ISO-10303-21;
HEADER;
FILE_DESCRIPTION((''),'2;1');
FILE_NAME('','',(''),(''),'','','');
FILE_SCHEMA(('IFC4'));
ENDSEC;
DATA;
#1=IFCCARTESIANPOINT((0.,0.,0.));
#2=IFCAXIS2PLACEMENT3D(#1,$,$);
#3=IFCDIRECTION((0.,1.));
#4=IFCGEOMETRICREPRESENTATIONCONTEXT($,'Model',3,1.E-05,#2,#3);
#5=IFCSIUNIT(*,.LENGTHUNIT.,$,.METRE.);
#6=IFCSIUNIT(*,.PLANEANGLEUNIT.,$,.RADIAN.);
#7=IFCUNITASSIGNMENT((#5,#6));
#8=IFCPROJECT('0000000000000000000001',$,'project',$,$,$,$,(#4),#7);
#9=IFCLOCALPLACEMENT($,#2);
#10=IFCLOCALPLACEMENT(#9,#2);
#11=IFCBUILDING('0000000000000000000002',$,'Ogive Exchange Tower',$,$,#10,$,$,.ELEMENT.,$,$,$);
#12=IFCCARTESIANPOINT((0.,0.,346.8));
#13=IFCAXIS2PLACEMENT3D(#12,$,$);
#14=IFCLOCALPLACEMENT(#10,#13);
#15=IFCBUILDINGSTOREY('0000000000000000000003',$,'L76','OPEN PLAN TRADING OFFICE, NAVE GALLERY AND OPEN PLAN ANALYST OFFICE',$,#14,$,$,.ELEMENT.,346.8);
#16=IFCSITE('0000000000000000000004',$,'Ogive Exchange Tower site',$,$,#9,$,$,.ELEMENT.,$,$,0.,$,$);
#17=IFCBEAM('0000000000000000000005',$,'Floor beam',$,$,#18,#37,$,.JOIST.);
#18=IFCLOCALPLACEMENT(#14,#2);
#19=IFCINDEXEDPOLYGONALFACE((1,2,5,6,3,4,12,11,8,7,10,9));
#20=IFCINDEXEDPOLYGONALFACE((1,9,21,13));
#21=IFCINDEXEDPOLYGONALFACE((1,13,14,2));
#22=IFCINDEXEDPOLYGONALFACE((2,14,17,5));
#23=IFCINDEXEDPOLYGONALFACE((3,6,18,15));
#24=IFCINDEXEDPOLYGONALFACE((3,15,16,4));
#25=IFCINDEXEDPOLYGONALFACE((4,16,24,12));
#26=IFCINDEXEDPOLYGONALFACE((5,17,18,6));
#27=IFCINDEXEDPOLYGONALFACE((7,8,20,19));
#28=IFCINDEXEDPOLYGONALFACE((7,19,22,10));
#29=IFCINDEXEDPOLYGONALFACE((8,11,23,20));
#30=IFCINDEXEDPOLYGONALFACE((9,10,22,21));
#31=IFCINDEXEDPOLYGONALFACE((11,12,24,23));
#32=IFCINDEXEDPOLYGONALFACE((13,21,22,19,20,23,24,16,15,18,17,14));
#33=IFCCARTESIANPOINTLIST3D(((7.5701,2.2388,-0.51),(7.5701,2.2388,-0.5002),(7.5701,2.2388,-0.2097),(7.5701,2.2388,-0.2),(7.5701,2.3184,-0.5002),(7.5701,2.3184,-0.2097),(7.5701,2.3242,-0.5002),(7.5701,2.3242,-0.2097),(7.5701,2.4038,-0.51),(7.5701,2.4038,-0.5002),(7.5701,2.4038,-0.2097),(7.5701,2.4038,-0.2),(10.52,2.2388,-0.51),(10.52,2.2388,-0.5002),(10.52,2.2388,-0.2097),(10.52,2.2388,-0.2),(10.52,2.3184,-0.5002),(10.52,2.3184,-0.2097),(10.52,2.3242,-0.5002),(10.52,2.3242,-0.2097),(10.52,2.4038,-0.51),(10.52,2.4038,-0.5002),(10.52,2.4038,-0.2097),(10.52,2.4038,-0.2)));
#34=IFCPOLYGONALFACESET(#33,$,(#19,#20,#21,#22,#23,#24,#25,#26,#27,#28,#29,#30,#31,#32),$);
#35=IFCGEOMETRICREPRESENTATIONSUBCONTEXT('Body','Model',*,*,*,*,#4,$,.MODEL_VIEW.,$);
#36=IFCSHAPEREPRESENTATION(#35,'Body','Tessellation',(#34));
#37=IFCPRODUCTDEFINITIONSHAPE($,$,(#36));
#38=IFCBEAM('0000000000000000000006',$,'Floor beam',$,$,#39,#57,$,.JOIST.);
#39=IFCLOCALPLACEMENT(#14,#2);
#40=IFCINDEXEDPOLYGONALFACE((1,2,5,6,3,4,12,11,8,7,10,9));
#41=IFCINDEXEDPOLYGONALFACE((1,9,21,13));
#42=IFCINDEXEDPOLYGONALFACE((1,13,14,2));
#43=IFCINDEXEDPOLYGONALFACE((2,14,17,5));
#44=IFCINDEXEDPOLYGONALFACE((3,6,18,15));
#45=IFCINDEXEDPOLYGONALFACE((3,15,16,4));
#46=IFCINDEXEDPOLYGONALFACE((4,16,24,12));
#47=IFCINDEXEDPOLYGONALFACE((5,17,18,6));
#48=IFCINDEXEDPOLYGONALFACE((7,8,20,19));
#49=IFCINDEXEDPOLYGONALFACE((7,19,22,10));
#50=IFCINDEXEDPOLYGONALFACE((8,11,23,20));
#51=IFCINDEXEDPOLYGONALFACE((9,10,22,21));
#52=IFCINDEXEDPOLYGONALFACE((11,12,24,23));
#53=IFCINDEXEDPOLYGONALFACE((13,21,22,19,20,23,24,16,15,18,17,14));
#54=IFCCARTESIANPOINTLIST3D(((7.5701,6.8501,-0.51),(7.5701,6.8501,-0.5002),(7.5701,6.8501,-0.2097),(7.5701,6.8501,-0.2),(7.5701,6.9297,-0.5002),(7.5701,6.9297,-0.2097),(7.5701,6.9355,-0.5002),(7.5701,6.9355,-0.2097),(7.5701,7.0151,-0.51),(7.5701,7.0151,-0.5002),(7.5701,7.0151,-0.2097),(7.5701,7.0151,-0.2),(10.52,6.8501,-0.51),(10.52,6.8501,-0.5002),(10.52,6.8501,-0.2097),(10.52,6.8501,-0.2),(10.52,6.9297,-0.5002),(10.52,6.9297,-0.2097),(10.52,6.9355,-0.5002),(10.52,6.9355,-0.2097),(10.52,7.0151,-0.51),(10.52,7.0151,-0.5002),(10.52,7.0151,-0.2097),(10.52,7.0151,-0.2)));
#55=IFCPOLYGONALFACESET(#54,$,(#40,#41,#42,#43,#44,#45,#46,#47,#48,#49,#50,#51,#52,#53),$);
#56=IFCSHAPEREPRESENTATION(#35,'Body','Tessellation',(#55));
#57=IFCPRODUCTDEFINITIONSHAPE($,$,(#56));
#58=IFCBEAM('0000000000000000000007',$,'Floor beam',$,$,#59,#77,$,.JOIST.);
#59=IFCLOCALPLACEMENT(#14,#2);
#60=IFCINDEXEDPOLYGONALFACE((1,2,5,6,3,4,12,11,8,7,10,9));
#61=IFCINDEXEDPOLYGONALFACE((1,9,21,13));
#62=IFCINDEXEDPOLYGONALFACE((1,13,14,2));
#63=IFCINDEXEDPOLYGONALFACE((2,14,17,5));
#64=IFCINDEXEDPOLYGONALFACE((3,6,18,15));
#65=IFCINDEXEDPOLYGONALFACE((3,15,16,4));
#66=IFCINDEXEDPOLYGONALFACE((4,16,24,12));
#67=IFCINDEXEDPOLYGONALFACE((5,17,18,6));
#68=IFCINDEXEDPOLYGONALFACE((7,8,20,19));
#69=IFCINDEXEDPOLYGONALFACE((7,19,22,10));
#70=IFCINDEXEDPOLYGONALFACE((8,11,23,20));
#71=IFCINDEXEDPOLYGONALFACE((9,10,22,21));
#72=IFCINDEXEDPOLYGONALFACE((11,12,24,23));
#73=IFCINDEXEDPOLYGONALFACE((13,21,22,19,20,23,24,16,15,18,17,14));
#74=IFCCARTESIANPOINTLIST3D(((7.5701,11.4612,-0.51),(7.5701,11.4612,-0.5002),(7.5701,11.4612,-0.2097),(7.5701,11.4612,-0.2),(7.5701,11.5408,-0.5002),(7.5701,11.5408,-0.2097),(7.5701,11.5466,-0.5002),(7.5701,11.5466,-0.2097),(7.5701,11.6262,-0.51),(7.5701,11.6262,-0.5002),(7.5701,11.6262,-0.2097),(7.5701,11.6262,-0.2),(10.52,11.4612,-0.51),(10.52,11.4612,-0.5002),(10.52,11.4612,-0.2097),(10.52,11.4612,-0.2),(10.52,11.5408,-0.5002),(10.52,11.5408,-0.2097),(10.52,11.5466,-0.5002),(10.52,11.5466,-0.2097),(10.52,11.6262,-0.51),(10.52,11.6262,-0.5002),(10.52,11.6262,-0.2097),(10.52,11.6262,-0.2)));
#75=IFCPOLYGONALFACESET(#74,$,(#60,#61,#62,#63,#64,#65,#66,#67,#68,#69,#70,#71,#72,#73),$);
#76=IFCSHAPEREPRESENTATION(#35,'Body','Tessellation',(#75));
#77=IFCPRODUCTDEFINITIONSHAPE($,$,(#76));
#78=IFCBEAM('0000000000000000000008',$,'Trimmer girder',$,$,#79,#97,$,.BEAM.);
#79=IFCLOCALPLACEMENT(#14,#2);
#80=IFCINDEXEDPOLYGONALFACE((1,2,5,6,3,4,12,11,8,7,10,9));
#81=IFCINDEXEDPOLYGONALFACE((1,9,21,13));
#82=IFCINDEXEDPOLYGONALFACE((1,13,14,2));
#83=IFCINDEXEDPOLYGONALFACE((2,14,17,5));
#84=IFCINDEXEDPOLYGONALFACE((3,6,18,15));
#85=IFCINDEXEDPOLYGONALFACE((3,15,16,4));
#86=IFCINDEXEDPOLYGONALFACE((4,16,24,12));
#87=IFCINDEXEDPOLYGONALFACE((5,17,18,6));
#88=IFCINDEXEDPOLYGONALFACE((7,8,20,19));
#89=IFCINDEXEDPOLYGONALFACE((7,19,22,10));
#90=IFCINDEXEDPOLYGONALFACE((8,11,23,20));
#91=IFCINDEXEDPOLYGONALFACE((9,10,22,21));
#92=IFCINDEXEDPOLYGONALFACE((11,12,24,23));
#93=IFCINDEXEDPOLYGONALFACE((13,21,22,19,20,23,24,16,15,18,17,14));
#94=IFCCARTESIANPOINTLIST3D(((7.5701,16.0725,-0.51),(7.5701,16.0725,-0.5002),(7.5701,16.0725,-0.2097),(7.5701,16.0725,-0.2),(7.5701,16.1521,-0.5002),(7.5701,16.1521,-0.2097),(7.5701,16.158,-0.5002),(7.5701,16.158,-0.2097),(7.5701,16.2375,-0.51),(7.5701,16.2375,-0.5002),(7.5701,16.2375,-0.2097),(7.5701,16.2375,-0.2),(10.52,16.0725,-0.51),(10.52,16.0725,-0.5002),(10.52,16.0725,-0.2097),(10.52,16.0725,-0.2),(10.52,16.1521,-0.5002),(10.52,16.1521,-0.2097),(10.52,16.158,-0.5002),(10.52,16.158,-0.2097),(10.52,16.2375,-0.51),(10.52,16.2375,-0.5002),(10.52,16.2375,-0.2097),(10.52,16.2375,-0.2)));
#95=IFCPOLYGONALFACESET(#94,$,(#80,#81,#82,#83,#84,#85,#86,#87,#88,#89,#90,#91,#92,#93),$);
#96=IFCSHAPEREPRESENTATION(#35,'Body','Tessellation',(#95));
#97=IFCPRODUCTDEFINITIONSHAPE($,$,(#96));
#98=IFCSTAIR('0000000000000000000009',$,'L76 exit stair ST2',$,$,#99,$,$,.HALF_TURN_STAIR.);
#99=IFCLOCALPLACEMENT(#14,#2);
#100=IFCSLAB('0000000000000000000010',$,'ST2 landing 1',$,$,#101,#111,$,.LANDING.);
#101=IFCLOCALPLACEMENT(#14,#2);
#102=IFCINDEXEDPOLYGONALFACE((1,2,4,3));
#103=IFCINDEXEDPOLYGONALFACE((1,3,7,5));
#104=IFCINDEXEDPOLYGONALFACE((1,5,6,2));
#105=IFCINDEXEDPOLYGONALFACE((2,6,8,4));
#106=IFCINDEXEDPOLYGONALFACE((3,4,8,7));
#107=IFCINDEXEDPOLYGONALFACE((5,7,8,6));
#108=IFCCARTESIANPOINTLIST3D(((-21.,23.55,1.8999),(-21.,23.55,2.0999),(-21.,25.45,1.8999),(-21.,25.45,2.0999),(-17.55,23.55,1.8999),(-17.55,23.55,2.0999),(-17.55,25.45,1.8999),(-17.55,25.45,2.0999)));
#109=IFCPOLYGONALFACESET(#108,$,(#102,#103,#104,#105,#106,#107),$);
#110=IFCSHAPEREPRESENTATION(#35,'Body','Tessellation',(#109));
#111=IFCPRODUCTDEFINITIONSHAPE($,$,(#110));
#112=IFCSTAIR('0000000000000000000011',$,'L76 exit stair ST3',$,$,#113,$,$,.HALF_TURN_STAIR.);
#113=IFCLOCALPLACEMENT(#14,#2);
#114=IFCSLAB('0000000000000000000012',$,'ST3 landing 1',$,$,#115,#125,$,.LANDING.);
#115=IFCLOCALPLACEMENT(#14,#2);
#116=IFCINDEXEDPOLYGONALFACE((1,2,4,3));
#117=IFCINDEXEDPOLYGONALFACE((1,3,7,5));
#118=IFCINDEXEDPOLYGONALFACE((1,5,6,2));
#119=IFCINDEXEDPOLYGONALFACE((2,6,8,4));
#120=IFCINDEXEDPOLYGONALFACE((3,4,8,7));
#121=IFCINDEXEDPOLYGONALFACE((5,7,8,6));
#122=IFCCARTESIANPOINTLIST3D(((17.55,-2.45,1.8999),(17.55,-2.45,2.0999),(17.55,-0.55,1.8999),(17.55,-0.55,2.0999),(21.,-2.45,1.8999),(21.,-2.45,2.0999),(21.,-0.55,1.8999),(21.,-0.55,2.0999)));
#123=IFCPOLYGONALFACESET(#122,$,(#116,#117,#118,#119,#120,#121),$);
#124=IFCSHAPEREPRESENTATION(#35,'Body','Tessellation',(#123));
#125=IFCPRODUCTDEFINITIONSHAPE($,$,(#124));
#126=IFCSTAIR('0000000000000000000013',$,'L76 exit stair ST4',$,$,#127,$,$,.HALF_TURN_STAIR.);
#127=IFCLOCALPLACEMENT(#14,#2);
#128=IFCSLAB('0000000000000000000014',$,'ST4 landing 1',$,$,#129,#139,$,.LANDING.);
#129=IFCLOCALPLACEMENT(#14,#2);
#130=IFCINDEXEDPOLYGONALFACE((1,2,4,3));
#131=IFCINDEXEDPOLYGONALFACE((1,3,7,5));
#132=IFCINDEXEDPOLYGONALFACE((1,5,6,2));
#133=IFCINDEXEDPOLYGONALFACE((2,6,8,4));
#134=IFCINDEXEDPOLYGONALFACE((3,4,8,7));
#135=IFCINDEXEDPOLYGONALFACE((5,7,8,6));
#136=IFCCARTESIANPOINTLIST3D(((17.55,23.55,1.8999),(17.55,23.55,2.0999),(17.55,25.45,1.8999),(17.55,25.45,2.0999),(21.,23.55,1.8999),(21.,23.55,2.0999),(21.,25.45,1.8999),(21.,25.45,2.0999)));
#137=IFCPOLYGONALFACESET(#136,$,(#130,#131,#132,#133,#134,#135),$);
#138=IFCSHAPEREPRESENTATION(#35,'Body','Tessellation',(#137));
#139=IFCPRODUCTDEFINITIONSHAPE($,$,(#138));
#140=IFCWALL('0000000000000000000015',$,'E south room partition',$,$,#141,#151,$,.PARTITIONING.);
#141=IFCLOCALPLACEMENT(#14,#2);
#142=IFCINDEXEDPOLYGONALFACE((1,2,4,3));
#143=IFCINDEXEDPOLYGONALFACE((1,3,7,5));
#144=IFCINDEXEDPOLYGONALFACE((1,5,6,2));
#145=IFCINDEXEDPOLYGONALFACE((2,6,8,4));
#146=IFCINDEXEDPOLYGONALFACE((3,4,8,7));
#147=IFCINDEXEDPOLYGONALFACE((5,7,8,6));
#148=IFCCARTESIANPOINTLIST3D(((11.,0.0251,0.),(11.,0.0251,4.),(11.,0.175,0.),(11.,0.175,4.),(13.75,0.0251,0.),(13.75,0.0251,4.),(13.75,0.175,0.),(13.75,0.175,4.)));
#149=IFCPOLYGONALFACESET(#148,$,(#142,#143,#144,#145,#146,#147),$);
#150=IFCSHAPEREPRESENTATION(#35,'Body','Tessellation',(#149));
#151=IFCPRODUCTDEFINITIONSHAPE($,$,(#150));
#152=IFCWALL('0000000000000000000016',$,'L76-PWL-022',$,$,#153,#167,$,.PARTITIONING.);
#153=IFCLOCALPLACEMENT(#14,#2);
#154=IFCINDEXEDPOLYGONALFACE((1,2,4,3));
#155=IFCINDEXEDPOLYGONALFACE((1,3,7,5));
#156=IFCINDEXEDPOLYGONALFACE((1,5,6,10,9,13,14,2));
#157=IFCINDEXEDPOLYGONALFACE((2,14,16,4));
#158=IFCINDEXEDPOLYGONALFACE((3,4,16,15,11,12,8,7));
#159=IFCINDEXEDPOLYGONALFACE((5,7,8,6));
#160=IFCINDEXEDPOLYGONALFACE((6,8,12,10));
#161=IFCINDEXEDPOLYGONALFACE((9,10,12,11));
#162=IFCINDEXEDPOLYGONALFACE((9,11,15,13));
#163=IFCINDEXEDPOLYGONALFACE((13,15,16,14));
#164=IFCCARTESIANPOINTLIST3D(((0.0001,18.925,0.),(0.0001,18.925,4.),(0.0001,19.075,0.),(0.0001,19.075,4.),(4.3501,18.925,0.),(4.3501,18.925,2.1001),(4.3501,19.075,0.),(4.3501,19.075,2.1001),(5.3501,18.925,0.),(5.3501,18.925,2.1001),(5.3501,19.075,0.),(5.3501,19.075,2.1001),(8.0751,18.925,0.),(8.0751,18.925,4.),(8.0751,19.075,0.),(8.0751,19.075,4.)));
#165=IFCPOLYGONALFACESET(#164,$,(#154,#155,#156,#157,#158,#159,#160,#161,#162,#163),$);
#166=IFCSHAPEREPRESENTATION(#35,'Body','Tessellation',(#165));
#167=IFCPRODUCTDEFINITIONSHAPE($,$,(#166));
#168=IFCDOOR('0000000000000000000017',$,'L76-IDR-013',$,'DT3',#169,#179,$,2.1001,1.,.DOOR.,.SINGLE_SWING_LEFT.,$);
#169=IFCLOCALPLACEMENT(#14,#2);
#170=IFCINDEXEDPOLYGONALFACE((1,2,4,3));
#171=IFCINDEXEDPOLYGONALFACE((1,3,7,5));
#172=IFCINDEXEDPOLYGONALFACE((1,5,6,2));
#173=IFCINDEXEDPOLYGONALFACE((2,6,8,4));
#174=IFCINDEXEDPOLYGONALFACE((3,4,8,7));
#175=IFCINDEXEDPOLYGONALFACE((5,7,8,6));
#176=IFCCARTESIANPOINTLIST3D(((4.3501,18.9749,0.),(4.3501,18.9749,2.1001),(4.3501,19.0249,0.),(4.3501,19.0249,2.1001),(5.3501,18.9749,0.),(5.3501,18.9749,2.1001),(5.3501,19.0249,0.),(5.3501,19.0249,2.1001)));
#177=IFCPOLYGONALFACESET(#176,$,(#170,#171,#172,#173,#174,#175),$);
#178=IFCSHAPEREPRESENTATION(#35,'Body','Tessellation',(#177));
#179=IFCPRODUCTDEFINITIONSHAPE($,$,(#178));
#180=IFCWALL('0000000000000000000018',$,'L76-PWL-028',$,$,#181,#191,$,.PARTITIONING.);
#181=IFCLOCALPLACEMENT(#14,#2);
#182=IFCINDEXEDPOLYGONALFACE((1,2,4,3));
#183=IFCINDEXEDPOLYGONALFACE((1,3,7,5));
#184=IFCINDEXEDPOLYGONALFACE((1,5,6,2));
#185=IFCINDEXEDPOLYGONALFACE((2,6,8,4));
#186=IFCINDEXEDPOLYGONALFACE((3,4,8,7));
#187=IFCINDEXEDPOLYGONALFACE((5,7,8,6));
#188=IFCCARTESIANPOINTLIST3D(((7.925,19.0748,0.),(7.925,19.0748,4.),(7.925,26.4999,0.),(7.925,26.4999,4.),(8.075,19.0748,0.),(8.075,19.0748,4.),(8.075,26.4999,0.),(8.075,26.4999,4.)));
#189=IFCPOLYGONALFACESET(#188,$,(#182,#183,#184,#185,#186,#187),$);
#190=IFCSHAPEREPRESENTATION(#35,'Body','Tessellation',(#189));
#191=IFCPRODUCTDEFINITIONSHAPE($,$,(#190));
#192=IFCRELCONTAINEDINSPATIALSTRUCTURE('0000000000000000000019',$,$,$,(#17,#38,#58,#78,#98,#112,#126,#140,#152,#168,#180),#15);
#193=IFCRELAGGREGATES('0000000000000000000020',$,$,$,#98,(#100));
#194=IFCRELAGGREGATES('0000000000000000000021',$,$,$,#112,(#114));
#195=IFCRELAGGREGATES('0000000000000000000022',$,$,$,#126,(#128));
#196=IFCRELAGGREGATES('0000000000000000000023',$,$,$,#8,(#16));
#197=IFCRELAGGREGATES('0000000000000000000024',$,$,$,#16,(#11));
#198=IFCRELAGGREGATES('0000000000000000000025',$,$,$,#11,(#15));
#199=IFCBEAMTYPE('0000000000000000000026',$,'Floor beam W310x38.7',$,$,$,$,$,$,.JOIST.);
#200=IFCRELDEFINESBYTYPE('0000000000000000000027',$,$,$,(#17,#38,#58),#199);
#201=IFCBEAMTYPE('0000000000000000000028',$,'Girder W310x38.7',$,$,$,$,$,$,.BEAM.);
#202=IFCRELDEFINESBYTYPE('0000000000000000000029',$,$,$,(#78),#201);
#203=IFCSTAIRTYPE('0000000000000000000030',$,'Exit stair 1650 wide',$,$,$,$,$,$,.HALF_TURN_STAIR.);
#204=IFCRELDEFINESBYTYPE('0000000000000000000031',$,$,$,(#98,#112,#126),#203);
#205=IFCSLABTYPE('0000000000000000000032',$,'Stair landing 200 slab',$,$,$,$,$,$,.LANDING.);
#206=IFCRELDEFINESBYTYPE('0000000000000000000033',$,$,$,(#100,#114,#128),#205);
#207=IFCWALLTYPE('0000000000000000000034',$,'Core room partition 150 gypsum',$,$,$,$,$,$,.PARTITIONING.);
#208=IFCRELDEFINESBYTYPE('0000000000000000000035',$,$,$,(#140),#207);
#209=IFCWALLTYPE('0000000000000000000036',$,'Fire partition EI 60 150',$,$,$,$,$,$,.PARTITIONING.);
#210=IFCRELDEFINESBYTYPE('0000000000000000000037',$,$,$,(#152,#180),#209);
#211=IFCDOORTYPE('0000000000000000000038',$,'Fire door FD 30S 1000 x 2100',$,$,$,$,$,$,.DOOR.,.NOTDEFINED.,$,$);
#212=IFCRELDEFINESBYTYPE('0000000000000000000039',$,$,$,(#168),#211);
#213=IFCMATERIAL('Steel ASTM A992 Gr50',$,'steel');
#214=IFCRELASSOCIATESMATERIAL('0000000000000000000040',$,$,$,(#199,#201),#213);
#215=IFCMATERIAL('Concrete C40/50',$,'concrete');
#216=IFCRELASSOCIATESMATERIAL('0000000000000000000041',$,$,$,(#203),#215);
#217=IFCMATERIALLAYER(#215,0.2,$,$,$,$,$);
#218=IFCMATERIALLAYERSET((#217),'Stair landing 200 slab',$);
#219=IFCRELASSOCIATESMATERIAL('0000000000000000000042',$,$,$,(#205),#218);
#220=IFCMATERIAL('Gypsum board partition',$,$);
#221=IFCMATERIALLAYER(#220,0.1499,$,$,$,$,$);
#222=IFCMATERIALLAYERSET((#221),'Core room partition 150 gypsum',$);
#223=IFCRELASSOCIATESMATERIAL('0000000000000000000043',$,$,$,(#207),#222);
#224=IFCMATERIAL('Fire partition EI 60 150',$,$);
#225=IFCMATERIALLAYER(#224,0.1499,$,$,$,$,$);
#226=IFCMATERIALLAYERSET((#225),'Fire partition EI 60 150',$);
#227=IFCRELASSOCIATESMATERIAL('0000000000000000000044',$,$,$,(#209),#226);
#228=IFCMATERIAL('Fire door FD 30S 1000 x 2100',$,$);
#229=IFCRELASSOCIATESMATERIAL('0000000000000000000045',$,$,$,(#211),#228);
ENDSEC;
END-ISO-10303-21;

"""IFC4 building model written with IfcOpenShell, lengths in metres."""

from ifc_helpers import new_model, si_unit, direction, frame, frame_2d, origin, origin_2d, place, context, subcontext, project, spatial, polyline, rectangle, i_section, outline, extrude, material, layer, layer_set, material_profile, profile_set, type_object, element, fill, aggregate, save


model = new_model("IFC4")

# Units and contexts
model_context = context("Model", 3, precision=1e-05, world=origin(), true_north=direction((0.0, 1.0)))
body_context = subcontext(model_context, "Body", "Model", "MODEL_VIEW")
ifc_project = project(units=[si_unit("LENGTHUNIT", "METRE"), si_unit("PLANEANGLEUNIT", "RADIAN")], contexts=[model_context])

# Site, building, storey
site_placement = place(None, origin())
site = spatial("IfcSite", under=ifc_project, at=site_placement, Name="Ogive Exchange Tower site", CompositionType="ELEMENT", RefElevation=0.0)
building_placement = place(site_placement, origin())
building = spatial("IfcBuilding", under=site, at=building_placement, Name="Ogive Exchange Tower", CompositionType="ELEMENT")
storey_placement = place(building_placement, frame((0.0, 0.0, 346.8)))
storey = spatial("IfcBuildingStorey", under=building, at=storey_placement, Name="L76", Description="OPEN PLAN TRADING OFFICE, NAVE GALLERY AND OPEN PLAN ANALYST OFFICE", CompositionType="ELEMENT", Elevation=346.8)

# Beams
ifc_material_1 = material(Name="Steel ASTM A992 Gr50", Category="steel")
ifc_material_profile_1 = material_profile(ifc_material_1, i_section(OverallWidth=0.165, OverallDepth=0.3101, WebThickness=0.0059, FlangeThickness=0.0098, at=origin_2d()), Name="W310x38.7")
ifc_profile_set_1 = profile_set([ifc_material_profile_1], Name="Steel ASTM A992 Gr50")
beam_type_1 = type_object("IfcBeamType", Name="Floor beam W310x38.7", PredefinedType="JOIST", material=ifc_profile_set_1)
for number, where, z_axis, x_axis, name in (
    (1, (7.5701, 2.3213, -0.355), (1.0, 0.0, 0.0), (0.0, 1.0, 0.0), "Floor beam"),
    (2, (7.5701, 6.9326, -0.355), (1.0, 0.0, 0.0), (0.0, 1.0, 0.0), "Floor beam"),
    (3, (7.5701, 11.5437, -0.355), (1.0, 0.0, 0.0), (0.0, 1.0, 0.0), "Floor beam"),
):
    element("IfcBeam", number, at=place(storey_placement, frame(where, z_axis=z_axis, x_axis=x_axis)), inside=storey, type_object=beam_type_1, Name=name, PredefinedType="JOIST", context=body_context, shape_type="SweptSolid", body=[
        extrude(i_section(OverallWidth=0.165, OverallDepth=0.3101, WebThickness=0.0059, FlangeThickness=0.0098, at=origin_2d()), origin(), (0.0, 0.0, 1.0), 2.95),
    ])
ifc_material_profile_2 = material_profile(ifc_material_1, i_section(OverallWidth=0.165, OverallDepth=0.3101, WebThickness=0.0059, FlangeThickness=0.0098, at=origin_2d()), Name="W310x38.7")
ifc_profile_set_2 = profile_set([ifc_material_profile_2], Name="Steel ASTM A992 Gr50")
beam_type_2 = type_object("IfcBeamType", Name="Girder W310x38.7", PredefinedType="BEAM", material=ifc_profile_set_2)
beam_placement = place(storey_placement, frame((7.5701, 16.155, -0.355), z_axis=(1.0, 0.0, 0.0), x_axis=(0.0, 1.0, 0.0)))
element("IfcBeam", 4, at=beam_placement, inside=storey, type_object=beam_type_2, Name="Trimmer girder", PredefinedType="BEAM", context=body_context, shape_type="SweptSolid", body=[
    extrude(i_section(OverallWidth=0.165, OverallDepth=0.3101, WebThickness=0.0059, FlangeThickness=0.0098, at=origin_2d()), origin(), (0.0, 0.0, 1.0), 2.95),
])

# Stairs, slabs
ifc_material_2 = material(Name="Concrete C40/50", Category="concrete")
stair_type = type_object("IfcStairType", Name="Exit stair 1650 wide", PredefinedType="HALF_TURN_STAIR", material=ifc_material_2)
stair_1_placement = place(storey_placement, origin())
stair_1 = element("IfcStair", 5, at=stair_1_placement, inside=storey, type_object=stair_type, Name="L76 exit stair ST2", PredefinedType="HALF_TURN_STAIR")
ifc_layer_1 = layer(ifc_material_2, 0.2)
ifc_layer_set_1 = layer_set([ifc_layer_1], Name="Stair landing 200 slab")
slab_type = type_object("IfcSlabType", Name="Stair landing 200 slab", PredefinedType="LANDING", material=ifc_layer_set_1)
slab_1_placement = place(storey_placement, frame((0.0, 0.0, 1.8999)))
slab_1 = element("IfcSlab", 6, at=slab_1_placement, type_object=slab_type, Name="ST2 landing 1", PredefinedType="LANDING", context=body_context, shape_type="SweptSolid", body=[
    extrude(outline(polyline([(-17.55, 23.55), (-17.55, 25.45), (-21.0, 25.45), (-21.0, 23.55), (-17.55, 23.55)])), origin(), (0.0, 0.0, 1.0), 0.2),
])
aggregate(stair_1, [slab_1])
stair_2_placement = place(storey_placement, origin())
stair_2 = element("IfcStair", 7, at=stair_2_placement, inside=storey, type_object=stair_type, Name="L76 exit stair ST3", PredefinedType="HALF_TURN_STAIR")
slab_2_placement = place(storey_placement, frame((0.0, 0.0, 1.8999)))
slab_2 = element("IfcSlab", 8, at=slab_2_placement, type_object=slab_type, Name="ST3 landing 1", PredefinedType="LANDING", context=body_context, shape_type="SweptSolid", body=[
    extrude(outline(polyline([(17.55, -0.55), (17.55, -2.45), (21.0, -2.45), (21.0, -0.55), (17.55, -0.55)])), origin(), (0.0, 0.0, 1.0), 0.2),
])
aggregate(stair_2, [slab_2])
stair_3_placement = place(storey_placement, origin())
stair_3 = element("IfcStair", 9, at=stair_3_placement, inside=storey, type_object=stair_type, Name="L76 exit stair ST4", PredefinedType="HALF_TURN_STAIR")
slab_3_placement = place(storey_placement, frame((0.0, 0.0, 1.8999)))
slab_3 = element("IfcSlab", 10, at=slab_3_placement, type_object=slab_type, Name="ST4 landing 1", PredefinedType="LANDING", context=body_context, shape_type="SweptSolid", body=[
    extrude(outline(polyline([(21.0, 23.55), (21.0, 25.45), (17.55, 25.45), (17.55, 23.55), (21.0, 23.55)])), origin(), (0.0, 0.0, 1.0), 0.2),
])
aggregate(stair_3, [slab_3])

# Wall
ifc_material_3 = material(Name="Gypsum board partition")
ifc_layer_2 = layer(ifc_material_3, 0.1499)
ifc_layer_set_2 = layer_set([ifc_layer_2], Name="Core room partition 150 gypsum")
wall_type_1 = type_object("IfcWallType", Name="Core room partition 150 gypsum", PredefinedType="PARTITIONING", material=ifc_layer_set_2)
wall_1_placement = place(storey_placement, frame((11.0, 0.1001, 0.0), z_axis=(0.0, 0.0, 1.0), x_axis=(1.0, 0.0, 0.0)))
element("IfcWall", 11, at=wall_1_placement, inside=storey, type_object=wall_type_1, Name="E south room partition", PredefinedType="PARTITIONING", context=body_context, shape_type="SweptSolid", body=[
    extrude(rectangle(XDim=2.75, YDim=0.1499, at=frame_2d((1.375, 0.0))), origin(), (0.0, 0.0, 1.0), 4.0),
])

# Wall, opening, door
ifc_material_4 = material(Name="Fire partition EI 60 150")
ifc_layer_3 = layer(ifc_material_4, 0.1499)
ifc_layer_set_3 = layer_set([ifc_layer_3], Name="Fire partition EI 60 150")
wall_type_2 = type_object("IfcWallType", Name="Fire partition EI 60 150", PredefinedType="PARTITIONING", material=ifc_layer_set_3)
wall_2_placement = place(storey_placement, frame((0.0, 19.0, 0.0), z_axis=(0.0, 0.0, 1.0), x_axis=(1.0, 0.0, 0.0)))
wall_2 = element("IfcWall", 12, at=wall_2_placement, inside=storey, type_object=wall_type_2, Name="L76-PWL-022", PredefinedType="PARTITIONING", context=body_context, shape_type="SweptSolid", body=[
    extrude(rectangle(XDim=8.075, YDim=0.1499, at=frame_2d((4.0376, 0.0))), origin(), (0.0, 0.0, 1.0), 4.0),
])
opening_1_placement = place(wall_2_placement, frame((4.3501, 0.0, 0.0)))
opening_1 = element("IfcOpeningElement", 13, at=opening_1_placement, cuts=wall_2, PredefinedType="OPENING", context=body_context, shape_type="SweptSolid", body=[
    extrude(rectangle(XDim=1.0, YDim=2.1001, at=frame_2d((0.5, 1.05))), frame((0.0, 0.085, 0.0), z_axis=(0.0, -1.0, 0.0), x_axis=(1.0, 0.0, 0.0)), (0.0, 0.0, 1.0), 0.1699),
])
ifc_material_5 = material(Name="Fire door FD 30S 1000 x 2100")
door_type_1 = type_object("IfcDoorType", Name="Fire door FD 30S 1000 x 2100", OperationType="NOTDEFINED", PredefinedType="DOOR", material=ifc_material_5)
door_1_placement = place(opening_1_placement, origin())
door_1 = element("IfcDoor", 14, at=door_1_placement, inside=storey, type_object=door_type_1, Name="L76-IDR-013", ObjectType="DT3", OperationType="SINGLE_SWING_LEFT", OverallHeight=2.1001, OverallWidth=1.0, PredefinedType="DOOR", context=body_context, shape_type="SweptSolid", body=[
    extrude(rectangle(XDim=1.0, YDim=2.1001, at=frame_2d((0.5, 1.05))), frame((0.0, 0.0249, 0.0), z_axis=(0.0, -1.0, 0.0), x_axis=(1.0, 0.0, 0.0)), (0.0, 0.0, 1.0), 0.05),
])
fill(opening_1, door_1)

# Wall
wall_3_placement = place(storey_placement, frame((8.0, 19.075, 0.0), z_axis=(0.0, 0.0, 1.0), x_axis=(0.0, 1.0, 0.0)))
element("IfcWall", 15, at=wall_3_placement, inside=storey, type_object=wall_type_2, Name="L76-PWL-028", PredefinedType="PARTITIONING", context=body_context, shape_type="SweptSolid", body=[
    extrude(rectangle(XDim=7.425, YDim=0.1499, at=frame_2d((3.7124, 0.0))), origin(), (0.0, 0.0, 1.0), 4.0),
])

save(model, "model.ifc")
